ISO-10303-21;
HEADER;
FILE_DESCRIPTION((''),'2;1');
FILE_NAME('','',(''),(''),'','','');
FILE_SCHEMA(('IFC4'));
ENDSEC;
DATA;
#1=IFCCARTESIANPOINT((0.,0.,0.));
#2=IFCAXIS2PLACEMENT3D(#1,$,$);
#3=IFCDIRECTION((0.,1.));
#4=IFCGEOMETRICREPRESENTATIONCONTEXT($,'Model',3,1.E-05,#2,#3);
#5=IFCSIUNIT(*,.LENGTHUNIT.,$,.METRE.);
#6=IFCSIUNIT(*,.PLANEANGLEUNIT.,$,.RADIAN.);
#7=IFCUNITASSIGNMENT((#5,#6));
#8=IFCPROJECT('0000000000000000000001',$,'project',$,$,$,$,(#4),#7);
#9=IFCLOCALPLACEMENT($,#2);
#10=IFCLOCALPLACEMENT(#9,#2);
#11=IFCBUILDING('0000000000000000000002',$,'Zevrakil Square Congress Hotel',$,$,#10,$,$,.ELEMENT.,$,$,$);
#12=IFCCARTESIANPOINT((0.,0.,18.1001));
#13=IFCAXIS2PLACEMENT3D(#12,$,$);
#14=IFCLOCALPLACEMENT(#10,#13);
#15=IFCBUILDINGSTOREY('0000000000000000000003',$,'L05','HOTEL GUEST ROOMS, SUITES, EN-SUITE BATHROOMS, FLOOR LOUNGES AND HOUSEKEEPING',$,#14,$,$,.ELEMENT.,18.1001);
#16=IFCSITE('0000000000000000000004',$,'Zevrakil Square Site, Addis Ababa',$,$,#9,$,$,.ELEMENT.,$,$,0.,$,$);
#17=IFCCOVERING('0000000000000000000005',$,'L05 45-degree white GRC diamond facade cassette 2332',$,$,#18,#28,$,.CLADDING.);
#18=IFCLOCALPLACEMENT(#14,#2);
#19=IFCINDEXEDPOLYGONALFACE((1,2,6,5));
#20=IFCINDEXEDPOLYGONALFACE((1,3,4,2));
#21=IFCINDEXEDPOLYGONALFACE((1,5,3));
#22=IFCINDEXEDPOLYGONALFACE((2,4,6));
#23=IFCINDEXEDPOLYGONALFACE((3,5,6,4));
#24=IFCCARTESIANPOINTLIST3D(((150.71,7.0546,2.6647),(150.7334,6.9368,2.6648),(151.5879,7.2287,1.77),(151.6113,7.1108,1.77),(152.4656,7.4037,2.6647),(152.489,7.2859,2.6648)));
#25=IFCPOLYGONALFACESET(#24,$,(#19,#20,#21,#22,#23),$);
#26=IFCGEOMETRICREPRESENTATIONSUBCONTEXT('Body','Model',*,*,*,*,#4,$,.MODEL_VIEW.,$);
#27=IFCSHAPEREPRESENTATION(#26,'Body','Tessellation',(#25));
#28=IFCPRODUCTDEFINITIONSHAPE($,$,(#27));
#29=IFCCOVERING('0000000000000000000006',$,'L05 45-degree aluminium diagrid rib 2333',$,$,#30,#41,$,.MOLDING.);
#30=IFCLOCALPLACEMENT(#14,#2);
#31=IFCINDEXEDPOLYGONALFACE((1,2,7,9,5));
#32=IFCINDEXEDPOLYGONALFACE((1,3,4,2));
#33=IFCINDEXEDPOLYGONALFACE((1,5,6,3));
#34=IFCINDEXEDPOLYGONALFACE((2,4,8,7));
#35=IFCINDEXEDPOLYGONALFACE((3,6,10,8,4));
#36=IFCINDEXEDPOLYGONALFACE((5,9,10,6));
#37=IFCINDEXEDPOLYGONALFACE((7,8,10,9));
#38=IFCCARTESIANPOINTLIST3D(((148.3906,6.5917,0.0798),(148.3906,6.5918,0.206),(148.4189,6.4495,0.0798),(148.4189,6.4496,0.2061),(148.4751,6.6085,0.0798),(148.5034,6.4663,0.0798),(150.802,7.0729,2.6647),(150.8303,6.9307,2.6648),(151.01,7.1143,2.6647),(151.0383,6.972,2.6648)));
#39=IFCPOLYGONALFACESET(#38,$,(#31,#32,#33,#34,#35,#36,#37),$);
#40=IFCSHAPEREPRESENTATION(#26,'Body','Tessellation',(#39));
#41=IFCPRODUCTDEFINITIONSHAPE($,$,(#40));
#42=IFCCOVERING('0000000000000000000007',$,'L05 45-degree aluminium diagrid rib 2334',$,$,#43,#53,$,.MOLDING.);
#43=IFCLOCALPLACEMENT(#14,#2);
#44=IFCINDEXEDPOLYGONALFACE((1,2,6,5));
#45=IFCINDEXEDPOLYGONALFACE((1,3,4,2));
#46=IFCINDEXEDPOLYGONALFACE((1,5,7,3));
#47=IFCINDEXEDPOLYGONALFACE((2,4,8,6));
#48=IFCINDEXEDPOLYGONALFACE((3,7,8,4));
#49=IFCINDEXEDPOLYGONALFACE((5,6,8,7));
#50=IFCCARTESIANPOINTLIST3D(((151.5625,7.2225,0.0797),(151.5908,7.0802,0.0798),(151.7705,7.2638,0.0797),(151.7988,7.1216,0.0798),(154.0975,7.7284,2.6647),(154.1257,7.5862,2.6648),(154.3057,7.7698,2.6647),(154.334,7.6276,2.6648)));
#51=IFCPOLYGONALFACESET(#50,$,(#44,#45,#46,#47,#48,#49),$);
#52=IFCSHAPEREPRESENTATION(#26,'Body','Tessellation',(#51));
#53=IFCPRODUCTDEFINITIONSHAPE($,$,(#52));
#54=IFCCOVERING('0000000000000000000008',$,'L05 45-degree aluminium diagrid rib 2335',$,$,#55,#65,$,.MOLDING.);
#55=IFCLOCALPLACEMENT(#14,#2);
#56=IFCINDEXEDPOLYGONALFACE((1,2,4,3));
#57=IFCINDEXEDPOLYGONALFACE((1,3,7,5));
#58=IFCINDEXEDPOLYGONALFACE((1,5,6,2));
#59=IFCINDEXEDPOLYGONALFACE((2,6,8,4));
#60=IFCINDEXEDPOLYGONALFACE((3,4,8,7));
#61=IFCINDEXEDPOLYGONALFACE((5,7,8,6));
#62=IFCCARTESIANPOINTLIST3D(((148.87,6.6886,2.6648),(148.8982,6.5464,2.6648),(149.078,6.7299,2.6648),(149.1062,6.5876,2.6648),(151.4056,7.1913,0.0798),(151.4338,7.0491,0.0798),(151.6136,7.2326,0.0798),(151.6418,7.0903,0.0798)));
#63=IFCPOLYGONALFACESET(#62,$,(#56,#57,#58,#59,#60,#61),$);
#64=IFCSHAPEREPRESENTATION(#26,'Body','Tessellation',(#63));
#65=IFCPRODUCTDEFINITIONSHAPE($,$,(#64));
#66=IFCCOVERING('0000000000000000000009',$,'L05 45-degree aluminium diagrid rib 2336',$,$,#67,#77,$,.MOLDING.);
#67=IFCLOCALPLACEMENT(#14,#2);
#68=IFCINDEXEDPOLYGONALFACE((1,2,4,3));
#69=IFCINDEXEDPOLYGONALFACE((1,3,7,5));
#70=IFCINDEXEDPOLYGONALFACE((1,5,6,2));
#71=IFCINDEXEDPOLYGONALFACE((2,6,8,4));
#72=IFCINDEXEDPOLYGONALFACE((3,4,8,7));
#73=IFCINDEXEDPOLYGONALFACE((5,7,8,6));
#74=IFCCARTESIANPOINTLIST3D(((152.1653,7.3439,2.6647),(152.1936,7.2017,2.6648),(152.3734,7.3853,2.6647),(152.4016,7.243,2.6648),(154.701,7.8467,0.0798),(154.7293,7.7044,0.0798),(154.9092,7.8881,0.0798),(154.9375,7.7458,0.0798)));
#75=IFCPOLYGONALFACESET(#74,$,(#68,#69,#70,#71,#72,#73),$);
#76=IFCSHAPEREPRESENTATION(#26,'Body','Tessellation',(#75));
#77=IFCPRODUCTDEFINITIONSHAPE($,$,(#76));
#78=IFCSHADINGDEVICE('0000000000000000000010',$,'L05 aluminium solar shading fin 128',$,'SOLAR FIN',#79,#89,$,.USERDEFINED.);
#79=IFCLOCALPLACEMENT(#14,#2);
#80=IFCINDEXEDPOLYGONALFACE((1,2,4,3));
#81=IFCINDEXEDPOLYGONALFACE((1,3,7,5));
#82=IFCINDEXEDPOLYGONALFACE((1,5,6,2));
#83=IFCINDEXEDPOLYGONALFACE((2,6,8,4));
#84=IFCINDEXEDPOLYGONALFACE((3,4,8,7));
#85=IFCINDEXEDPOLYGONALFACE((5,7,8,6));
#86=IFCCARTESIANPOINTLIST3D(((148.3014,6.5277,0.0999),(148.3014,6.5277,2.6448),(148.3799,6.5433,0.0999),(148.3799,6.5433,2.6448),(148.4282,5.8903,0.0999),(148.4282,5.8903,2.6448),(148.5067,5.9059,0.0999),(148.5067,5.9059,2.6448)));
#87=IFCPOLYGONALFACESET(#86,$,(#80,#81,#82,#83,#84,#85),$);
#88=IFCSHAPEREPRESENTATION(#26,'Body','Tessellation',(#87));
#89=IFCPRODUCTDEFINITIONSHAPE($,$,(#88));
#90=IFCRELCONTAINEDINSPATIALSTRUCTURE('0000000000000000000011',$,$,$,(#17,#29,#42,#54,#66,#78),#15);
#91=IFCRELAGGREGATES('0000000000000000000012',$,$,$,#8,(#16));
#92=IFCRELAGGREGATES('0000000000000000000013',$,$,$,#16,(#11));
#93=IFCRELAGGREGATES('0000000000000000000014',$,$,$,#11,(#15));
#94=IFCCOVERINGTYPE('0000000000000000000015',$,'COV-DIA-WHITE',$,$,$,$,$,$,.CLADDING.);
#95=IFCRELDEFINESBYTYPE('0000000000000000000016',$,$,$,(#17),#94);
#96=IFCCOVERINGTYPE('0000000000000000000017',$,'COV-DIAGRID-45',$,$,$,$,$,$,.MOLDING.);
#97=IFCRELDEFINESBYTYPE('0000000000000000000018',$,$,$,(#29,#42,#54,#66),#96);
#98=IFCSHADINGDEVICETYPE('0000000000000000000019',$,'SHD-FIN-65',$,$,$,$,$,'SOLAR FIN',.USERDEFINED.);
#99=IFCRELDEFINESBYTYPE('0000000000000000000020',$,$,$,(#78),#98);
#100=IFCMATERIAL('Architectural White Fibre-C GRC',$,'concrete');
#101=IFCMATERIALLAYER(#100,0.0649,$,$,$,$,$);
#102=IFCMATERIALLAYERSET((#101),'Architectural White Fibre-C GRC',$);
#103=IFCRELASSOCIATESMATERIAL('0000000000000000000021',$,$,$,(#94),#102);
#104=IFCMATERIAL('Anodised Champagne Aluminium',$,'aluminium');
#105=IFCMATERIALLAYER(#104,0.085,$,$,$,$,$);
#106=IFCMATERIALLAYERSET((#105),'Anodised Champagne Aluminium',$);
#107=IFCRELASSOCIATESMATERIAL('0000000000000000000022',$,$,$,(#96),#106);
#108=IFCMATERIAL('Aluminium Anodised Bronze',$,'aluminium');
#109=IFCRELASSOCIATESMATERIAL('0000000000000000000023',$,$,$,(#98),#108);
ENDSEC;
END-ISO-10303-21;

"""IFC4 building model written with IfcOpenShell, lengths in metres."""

from ifc_helpers import new_model, si_unit, direction, frame, origin, origin_2d, place, context, subcontext, project, spatial, polyline, rectangle, outline, extrude, material, layer, layer_set, type_object, element, save


model = new_model("IFC4")

# Units and contexts
model_context = context("Model", 3, precision=1e-05, world=origin(), true_north=direction((0.0, 1.0)))
body_context = subcontext(model_context, "Body", "Model", "MODEL_VIEW")
ifc_project = project(units=[si_unit("LENGTHUNIT", "METRE"), si_unit("PLANEANGLEUNIT", "RADIAN")], contexts=[model_context])

# Site, building, storey
site_placement = place(None, origin())
site = spatial("IfcSite", under=ifc_project, at=site_placement, Name="Zevrakil Square Site, Addis Ababa", CompositionType="ELEMENT", RefElevation=0.0)
building_placement = place(site_placement, origin())
building = spatial("IfcBuilding", under=site, at=building_placement, Name="Zevrakil Square Congress Hotel", CompositionType="ELEMENT")
storey_placement = place(building_placement, frame((0.0, 0.0, 18.1001)))
storey = spatial("IfcBuildingStorey", under=building, at=storey_placement, Name="L05", Description="HOTEL GUEST ROOMS, SUITES, EN-SUITE BATHROOMS, FLOOR LOUNGES AND HOUSEKEEPING", CompositionType="ELEMENT", Elevation=18.1001)

# Coverings
ifc_material_1 = material(Name="Architectural White Fibre-C GRC", Category="concrete")
ifc_layer_1 = layer(ifc_material_1, 0.0649)
ifc_layer_set_1 = layer_set([ifc_layer_1], Name="Architectural White Fibre-C GRC")
covering_type_1 = type_object("IfcCoveringType", Name="COV-DIA-WHITE", PredefinedType="CLADDING", material=ifc_layer_set_1)
covering_1_placement = place(storey_placement, frame((151.6113, 7.1108, 1.77), z_axis=(0.195041, -0.980795, 0.000562), x_axis=(-0.693699, -0.137544, 0.70701)))
element("IfcCovering", 1, at=covering_1_placement, inside=storey, type_object=covering_type_1, Name="L05 45-degree white GRC diamond facade cassette 2332", PredefinedType="CLADDING", context=body_context, shape_type="SweptSolid", body=[
    extrude(outline(polyline([(0.0, 0.0), (1.2656, 0.0), (-0.0003, -1.2655), (0.0, 0.0)])), origin(), (0.0, 0.0, -1.0), 0.1201),
])
ifc_material_2 = material(Name="Anodised Champagne Aluminium", Category="aluminium")
ifc_layer_2 = layer(ifc_material_2, 0.085)
ifc_layer_set_2 = layer_set([ifc_layer_2], Name="Anodised Champagne Aluminium")
covering_type_2 = type_object("IfcCoveringType", Name="COV-DIAGRID-45", PredefinedType="MOLDING", material=ifc_layer_set_2)
covering_2_placement = place(storey_placement, frame((148.5034, 6.4663, 0.0798), z_axis=(0.195097, -0.980784, 0.000563), x_axis=(-0.980784, -0.195097, 0.0)))
element("IfcCovering", 2, at=covering_2_placement, inside=storey, type_object=covering_type_2, Name="L05 45-degree aluminium diagrid rib 2333", PredefinedType="MOLDING", context=body_context, shape_type="SweptSolid", body=[
    extrude(outline(polyline([(0.0, 0.0), (0.0861, 0.0), (0.0861, -0.1262), (-2.3728, -2.585), (-2.5848, -2.585), (0.0, 0.0)])), origin(), (0.0, 0.0, -1.0), 0.145),
])
covering_3_placement = place(storey_placement, frame((151.7988, 7.1216, 0.0798), z_axis=(0.19501, -0.980801, 0.000739), x_axis=(-0.980801, -0.19501, -0.000001)))
element("IfcCovering", 3, at=covering_3_placement, inside=storey, type_object=covering_type_2, Name="L05 45-degree aluminium diagrid rib 2334", PredefinedType="MOLDING", context=body_context, shape_type="SweptSolid", body=[
    extrude(outline(polyline([(0.0, 0.0), (0.2121, 0.0), (-2.3728, -2.585), (-2.5851, -2.585), (0.0, 0.0)])), origin(), (0.0, 0.0, -1.0), 0.145),
])
covering_4_placement = place(storey_placement, frame((148.8982, 6.5464, 2.6648), z_axis=(0.194566, -0.980889, 0.000105), x_axis=(0.980889, 0.194566, 0.0)))
element("IfcCovering", 4, at=covering_4_placement, inside=storey, type_object=covering_type_2, Name="L05 45-degree aluminium diagrid rib 2335", PredefinedType="MOLDING", context=body_context, shape_type="SweptSolid", body=[
    extrude(outline(polyline([(0.0, 0.0), (0.2121, 0.0), (2.7971, -2.585), (2.585, -2.585), (0.0, 0.0)])), origin(), (0.0, 0.0, -1.0), 0.145),
])
covering_5_placement = place(storey_placement, frame((152.1936, 7.2017, 2.6648), z_axis=(0.19501, -0.980801, 0.00052), x_axis=(0.980801, 0.19501, 0.0)))
element("IfcCovering", 5, at=covering_5_placement, inside=storey, type_object=covering_type_2, Name="L05 45-degree aluminium diagrid rib 2336", PredefinedType="MOLDING", context=body_context, shape_type="SweptSolid", body=[
    extrude(outline(polyline([(0.0, 0.0), (0.2121, 0.0), (2.7973, -2.585), (2.585, -2.585), (0.0, 0.0)])), origin(), (0.0, 0.0, -1.0), 0.145),
])

# Shading device
ifc_material_3 = material(Name="Aluminium Anodised Bronze", Category="aluminium")
shading_device_type = type_object("IfcShadingDeviceType", Name="SHD-FIN-65", ElementType="SOLAR FIN", PredefinedType="USERDEFINED", material=ifc_material_3)
shading_device_placement = place(storey_placement, frame((148.4041, 6.2168, 0.0999), z_axis=(0.0, 0.0, 1.0), x_axis=(0.19509, -0.980785, 0.0)))
element("IfcShadingDevice", 6, at=shading_device_placement, inside=storey, type_object=shading_device_type, Name="L05 aluminium solar shading fin 128", ObjectType="SOLAR FIN", PredefinedType="USERDEFINED", context=body_context, shape_type="SweptSolid", body=[
    extrude(rectangle(XDim=0.6499, YDim=0.0801, at=origin_2d()), origin(), (0.0, 0.0, 1.0), 2.5449),
])

save(model, "model.ifc")
